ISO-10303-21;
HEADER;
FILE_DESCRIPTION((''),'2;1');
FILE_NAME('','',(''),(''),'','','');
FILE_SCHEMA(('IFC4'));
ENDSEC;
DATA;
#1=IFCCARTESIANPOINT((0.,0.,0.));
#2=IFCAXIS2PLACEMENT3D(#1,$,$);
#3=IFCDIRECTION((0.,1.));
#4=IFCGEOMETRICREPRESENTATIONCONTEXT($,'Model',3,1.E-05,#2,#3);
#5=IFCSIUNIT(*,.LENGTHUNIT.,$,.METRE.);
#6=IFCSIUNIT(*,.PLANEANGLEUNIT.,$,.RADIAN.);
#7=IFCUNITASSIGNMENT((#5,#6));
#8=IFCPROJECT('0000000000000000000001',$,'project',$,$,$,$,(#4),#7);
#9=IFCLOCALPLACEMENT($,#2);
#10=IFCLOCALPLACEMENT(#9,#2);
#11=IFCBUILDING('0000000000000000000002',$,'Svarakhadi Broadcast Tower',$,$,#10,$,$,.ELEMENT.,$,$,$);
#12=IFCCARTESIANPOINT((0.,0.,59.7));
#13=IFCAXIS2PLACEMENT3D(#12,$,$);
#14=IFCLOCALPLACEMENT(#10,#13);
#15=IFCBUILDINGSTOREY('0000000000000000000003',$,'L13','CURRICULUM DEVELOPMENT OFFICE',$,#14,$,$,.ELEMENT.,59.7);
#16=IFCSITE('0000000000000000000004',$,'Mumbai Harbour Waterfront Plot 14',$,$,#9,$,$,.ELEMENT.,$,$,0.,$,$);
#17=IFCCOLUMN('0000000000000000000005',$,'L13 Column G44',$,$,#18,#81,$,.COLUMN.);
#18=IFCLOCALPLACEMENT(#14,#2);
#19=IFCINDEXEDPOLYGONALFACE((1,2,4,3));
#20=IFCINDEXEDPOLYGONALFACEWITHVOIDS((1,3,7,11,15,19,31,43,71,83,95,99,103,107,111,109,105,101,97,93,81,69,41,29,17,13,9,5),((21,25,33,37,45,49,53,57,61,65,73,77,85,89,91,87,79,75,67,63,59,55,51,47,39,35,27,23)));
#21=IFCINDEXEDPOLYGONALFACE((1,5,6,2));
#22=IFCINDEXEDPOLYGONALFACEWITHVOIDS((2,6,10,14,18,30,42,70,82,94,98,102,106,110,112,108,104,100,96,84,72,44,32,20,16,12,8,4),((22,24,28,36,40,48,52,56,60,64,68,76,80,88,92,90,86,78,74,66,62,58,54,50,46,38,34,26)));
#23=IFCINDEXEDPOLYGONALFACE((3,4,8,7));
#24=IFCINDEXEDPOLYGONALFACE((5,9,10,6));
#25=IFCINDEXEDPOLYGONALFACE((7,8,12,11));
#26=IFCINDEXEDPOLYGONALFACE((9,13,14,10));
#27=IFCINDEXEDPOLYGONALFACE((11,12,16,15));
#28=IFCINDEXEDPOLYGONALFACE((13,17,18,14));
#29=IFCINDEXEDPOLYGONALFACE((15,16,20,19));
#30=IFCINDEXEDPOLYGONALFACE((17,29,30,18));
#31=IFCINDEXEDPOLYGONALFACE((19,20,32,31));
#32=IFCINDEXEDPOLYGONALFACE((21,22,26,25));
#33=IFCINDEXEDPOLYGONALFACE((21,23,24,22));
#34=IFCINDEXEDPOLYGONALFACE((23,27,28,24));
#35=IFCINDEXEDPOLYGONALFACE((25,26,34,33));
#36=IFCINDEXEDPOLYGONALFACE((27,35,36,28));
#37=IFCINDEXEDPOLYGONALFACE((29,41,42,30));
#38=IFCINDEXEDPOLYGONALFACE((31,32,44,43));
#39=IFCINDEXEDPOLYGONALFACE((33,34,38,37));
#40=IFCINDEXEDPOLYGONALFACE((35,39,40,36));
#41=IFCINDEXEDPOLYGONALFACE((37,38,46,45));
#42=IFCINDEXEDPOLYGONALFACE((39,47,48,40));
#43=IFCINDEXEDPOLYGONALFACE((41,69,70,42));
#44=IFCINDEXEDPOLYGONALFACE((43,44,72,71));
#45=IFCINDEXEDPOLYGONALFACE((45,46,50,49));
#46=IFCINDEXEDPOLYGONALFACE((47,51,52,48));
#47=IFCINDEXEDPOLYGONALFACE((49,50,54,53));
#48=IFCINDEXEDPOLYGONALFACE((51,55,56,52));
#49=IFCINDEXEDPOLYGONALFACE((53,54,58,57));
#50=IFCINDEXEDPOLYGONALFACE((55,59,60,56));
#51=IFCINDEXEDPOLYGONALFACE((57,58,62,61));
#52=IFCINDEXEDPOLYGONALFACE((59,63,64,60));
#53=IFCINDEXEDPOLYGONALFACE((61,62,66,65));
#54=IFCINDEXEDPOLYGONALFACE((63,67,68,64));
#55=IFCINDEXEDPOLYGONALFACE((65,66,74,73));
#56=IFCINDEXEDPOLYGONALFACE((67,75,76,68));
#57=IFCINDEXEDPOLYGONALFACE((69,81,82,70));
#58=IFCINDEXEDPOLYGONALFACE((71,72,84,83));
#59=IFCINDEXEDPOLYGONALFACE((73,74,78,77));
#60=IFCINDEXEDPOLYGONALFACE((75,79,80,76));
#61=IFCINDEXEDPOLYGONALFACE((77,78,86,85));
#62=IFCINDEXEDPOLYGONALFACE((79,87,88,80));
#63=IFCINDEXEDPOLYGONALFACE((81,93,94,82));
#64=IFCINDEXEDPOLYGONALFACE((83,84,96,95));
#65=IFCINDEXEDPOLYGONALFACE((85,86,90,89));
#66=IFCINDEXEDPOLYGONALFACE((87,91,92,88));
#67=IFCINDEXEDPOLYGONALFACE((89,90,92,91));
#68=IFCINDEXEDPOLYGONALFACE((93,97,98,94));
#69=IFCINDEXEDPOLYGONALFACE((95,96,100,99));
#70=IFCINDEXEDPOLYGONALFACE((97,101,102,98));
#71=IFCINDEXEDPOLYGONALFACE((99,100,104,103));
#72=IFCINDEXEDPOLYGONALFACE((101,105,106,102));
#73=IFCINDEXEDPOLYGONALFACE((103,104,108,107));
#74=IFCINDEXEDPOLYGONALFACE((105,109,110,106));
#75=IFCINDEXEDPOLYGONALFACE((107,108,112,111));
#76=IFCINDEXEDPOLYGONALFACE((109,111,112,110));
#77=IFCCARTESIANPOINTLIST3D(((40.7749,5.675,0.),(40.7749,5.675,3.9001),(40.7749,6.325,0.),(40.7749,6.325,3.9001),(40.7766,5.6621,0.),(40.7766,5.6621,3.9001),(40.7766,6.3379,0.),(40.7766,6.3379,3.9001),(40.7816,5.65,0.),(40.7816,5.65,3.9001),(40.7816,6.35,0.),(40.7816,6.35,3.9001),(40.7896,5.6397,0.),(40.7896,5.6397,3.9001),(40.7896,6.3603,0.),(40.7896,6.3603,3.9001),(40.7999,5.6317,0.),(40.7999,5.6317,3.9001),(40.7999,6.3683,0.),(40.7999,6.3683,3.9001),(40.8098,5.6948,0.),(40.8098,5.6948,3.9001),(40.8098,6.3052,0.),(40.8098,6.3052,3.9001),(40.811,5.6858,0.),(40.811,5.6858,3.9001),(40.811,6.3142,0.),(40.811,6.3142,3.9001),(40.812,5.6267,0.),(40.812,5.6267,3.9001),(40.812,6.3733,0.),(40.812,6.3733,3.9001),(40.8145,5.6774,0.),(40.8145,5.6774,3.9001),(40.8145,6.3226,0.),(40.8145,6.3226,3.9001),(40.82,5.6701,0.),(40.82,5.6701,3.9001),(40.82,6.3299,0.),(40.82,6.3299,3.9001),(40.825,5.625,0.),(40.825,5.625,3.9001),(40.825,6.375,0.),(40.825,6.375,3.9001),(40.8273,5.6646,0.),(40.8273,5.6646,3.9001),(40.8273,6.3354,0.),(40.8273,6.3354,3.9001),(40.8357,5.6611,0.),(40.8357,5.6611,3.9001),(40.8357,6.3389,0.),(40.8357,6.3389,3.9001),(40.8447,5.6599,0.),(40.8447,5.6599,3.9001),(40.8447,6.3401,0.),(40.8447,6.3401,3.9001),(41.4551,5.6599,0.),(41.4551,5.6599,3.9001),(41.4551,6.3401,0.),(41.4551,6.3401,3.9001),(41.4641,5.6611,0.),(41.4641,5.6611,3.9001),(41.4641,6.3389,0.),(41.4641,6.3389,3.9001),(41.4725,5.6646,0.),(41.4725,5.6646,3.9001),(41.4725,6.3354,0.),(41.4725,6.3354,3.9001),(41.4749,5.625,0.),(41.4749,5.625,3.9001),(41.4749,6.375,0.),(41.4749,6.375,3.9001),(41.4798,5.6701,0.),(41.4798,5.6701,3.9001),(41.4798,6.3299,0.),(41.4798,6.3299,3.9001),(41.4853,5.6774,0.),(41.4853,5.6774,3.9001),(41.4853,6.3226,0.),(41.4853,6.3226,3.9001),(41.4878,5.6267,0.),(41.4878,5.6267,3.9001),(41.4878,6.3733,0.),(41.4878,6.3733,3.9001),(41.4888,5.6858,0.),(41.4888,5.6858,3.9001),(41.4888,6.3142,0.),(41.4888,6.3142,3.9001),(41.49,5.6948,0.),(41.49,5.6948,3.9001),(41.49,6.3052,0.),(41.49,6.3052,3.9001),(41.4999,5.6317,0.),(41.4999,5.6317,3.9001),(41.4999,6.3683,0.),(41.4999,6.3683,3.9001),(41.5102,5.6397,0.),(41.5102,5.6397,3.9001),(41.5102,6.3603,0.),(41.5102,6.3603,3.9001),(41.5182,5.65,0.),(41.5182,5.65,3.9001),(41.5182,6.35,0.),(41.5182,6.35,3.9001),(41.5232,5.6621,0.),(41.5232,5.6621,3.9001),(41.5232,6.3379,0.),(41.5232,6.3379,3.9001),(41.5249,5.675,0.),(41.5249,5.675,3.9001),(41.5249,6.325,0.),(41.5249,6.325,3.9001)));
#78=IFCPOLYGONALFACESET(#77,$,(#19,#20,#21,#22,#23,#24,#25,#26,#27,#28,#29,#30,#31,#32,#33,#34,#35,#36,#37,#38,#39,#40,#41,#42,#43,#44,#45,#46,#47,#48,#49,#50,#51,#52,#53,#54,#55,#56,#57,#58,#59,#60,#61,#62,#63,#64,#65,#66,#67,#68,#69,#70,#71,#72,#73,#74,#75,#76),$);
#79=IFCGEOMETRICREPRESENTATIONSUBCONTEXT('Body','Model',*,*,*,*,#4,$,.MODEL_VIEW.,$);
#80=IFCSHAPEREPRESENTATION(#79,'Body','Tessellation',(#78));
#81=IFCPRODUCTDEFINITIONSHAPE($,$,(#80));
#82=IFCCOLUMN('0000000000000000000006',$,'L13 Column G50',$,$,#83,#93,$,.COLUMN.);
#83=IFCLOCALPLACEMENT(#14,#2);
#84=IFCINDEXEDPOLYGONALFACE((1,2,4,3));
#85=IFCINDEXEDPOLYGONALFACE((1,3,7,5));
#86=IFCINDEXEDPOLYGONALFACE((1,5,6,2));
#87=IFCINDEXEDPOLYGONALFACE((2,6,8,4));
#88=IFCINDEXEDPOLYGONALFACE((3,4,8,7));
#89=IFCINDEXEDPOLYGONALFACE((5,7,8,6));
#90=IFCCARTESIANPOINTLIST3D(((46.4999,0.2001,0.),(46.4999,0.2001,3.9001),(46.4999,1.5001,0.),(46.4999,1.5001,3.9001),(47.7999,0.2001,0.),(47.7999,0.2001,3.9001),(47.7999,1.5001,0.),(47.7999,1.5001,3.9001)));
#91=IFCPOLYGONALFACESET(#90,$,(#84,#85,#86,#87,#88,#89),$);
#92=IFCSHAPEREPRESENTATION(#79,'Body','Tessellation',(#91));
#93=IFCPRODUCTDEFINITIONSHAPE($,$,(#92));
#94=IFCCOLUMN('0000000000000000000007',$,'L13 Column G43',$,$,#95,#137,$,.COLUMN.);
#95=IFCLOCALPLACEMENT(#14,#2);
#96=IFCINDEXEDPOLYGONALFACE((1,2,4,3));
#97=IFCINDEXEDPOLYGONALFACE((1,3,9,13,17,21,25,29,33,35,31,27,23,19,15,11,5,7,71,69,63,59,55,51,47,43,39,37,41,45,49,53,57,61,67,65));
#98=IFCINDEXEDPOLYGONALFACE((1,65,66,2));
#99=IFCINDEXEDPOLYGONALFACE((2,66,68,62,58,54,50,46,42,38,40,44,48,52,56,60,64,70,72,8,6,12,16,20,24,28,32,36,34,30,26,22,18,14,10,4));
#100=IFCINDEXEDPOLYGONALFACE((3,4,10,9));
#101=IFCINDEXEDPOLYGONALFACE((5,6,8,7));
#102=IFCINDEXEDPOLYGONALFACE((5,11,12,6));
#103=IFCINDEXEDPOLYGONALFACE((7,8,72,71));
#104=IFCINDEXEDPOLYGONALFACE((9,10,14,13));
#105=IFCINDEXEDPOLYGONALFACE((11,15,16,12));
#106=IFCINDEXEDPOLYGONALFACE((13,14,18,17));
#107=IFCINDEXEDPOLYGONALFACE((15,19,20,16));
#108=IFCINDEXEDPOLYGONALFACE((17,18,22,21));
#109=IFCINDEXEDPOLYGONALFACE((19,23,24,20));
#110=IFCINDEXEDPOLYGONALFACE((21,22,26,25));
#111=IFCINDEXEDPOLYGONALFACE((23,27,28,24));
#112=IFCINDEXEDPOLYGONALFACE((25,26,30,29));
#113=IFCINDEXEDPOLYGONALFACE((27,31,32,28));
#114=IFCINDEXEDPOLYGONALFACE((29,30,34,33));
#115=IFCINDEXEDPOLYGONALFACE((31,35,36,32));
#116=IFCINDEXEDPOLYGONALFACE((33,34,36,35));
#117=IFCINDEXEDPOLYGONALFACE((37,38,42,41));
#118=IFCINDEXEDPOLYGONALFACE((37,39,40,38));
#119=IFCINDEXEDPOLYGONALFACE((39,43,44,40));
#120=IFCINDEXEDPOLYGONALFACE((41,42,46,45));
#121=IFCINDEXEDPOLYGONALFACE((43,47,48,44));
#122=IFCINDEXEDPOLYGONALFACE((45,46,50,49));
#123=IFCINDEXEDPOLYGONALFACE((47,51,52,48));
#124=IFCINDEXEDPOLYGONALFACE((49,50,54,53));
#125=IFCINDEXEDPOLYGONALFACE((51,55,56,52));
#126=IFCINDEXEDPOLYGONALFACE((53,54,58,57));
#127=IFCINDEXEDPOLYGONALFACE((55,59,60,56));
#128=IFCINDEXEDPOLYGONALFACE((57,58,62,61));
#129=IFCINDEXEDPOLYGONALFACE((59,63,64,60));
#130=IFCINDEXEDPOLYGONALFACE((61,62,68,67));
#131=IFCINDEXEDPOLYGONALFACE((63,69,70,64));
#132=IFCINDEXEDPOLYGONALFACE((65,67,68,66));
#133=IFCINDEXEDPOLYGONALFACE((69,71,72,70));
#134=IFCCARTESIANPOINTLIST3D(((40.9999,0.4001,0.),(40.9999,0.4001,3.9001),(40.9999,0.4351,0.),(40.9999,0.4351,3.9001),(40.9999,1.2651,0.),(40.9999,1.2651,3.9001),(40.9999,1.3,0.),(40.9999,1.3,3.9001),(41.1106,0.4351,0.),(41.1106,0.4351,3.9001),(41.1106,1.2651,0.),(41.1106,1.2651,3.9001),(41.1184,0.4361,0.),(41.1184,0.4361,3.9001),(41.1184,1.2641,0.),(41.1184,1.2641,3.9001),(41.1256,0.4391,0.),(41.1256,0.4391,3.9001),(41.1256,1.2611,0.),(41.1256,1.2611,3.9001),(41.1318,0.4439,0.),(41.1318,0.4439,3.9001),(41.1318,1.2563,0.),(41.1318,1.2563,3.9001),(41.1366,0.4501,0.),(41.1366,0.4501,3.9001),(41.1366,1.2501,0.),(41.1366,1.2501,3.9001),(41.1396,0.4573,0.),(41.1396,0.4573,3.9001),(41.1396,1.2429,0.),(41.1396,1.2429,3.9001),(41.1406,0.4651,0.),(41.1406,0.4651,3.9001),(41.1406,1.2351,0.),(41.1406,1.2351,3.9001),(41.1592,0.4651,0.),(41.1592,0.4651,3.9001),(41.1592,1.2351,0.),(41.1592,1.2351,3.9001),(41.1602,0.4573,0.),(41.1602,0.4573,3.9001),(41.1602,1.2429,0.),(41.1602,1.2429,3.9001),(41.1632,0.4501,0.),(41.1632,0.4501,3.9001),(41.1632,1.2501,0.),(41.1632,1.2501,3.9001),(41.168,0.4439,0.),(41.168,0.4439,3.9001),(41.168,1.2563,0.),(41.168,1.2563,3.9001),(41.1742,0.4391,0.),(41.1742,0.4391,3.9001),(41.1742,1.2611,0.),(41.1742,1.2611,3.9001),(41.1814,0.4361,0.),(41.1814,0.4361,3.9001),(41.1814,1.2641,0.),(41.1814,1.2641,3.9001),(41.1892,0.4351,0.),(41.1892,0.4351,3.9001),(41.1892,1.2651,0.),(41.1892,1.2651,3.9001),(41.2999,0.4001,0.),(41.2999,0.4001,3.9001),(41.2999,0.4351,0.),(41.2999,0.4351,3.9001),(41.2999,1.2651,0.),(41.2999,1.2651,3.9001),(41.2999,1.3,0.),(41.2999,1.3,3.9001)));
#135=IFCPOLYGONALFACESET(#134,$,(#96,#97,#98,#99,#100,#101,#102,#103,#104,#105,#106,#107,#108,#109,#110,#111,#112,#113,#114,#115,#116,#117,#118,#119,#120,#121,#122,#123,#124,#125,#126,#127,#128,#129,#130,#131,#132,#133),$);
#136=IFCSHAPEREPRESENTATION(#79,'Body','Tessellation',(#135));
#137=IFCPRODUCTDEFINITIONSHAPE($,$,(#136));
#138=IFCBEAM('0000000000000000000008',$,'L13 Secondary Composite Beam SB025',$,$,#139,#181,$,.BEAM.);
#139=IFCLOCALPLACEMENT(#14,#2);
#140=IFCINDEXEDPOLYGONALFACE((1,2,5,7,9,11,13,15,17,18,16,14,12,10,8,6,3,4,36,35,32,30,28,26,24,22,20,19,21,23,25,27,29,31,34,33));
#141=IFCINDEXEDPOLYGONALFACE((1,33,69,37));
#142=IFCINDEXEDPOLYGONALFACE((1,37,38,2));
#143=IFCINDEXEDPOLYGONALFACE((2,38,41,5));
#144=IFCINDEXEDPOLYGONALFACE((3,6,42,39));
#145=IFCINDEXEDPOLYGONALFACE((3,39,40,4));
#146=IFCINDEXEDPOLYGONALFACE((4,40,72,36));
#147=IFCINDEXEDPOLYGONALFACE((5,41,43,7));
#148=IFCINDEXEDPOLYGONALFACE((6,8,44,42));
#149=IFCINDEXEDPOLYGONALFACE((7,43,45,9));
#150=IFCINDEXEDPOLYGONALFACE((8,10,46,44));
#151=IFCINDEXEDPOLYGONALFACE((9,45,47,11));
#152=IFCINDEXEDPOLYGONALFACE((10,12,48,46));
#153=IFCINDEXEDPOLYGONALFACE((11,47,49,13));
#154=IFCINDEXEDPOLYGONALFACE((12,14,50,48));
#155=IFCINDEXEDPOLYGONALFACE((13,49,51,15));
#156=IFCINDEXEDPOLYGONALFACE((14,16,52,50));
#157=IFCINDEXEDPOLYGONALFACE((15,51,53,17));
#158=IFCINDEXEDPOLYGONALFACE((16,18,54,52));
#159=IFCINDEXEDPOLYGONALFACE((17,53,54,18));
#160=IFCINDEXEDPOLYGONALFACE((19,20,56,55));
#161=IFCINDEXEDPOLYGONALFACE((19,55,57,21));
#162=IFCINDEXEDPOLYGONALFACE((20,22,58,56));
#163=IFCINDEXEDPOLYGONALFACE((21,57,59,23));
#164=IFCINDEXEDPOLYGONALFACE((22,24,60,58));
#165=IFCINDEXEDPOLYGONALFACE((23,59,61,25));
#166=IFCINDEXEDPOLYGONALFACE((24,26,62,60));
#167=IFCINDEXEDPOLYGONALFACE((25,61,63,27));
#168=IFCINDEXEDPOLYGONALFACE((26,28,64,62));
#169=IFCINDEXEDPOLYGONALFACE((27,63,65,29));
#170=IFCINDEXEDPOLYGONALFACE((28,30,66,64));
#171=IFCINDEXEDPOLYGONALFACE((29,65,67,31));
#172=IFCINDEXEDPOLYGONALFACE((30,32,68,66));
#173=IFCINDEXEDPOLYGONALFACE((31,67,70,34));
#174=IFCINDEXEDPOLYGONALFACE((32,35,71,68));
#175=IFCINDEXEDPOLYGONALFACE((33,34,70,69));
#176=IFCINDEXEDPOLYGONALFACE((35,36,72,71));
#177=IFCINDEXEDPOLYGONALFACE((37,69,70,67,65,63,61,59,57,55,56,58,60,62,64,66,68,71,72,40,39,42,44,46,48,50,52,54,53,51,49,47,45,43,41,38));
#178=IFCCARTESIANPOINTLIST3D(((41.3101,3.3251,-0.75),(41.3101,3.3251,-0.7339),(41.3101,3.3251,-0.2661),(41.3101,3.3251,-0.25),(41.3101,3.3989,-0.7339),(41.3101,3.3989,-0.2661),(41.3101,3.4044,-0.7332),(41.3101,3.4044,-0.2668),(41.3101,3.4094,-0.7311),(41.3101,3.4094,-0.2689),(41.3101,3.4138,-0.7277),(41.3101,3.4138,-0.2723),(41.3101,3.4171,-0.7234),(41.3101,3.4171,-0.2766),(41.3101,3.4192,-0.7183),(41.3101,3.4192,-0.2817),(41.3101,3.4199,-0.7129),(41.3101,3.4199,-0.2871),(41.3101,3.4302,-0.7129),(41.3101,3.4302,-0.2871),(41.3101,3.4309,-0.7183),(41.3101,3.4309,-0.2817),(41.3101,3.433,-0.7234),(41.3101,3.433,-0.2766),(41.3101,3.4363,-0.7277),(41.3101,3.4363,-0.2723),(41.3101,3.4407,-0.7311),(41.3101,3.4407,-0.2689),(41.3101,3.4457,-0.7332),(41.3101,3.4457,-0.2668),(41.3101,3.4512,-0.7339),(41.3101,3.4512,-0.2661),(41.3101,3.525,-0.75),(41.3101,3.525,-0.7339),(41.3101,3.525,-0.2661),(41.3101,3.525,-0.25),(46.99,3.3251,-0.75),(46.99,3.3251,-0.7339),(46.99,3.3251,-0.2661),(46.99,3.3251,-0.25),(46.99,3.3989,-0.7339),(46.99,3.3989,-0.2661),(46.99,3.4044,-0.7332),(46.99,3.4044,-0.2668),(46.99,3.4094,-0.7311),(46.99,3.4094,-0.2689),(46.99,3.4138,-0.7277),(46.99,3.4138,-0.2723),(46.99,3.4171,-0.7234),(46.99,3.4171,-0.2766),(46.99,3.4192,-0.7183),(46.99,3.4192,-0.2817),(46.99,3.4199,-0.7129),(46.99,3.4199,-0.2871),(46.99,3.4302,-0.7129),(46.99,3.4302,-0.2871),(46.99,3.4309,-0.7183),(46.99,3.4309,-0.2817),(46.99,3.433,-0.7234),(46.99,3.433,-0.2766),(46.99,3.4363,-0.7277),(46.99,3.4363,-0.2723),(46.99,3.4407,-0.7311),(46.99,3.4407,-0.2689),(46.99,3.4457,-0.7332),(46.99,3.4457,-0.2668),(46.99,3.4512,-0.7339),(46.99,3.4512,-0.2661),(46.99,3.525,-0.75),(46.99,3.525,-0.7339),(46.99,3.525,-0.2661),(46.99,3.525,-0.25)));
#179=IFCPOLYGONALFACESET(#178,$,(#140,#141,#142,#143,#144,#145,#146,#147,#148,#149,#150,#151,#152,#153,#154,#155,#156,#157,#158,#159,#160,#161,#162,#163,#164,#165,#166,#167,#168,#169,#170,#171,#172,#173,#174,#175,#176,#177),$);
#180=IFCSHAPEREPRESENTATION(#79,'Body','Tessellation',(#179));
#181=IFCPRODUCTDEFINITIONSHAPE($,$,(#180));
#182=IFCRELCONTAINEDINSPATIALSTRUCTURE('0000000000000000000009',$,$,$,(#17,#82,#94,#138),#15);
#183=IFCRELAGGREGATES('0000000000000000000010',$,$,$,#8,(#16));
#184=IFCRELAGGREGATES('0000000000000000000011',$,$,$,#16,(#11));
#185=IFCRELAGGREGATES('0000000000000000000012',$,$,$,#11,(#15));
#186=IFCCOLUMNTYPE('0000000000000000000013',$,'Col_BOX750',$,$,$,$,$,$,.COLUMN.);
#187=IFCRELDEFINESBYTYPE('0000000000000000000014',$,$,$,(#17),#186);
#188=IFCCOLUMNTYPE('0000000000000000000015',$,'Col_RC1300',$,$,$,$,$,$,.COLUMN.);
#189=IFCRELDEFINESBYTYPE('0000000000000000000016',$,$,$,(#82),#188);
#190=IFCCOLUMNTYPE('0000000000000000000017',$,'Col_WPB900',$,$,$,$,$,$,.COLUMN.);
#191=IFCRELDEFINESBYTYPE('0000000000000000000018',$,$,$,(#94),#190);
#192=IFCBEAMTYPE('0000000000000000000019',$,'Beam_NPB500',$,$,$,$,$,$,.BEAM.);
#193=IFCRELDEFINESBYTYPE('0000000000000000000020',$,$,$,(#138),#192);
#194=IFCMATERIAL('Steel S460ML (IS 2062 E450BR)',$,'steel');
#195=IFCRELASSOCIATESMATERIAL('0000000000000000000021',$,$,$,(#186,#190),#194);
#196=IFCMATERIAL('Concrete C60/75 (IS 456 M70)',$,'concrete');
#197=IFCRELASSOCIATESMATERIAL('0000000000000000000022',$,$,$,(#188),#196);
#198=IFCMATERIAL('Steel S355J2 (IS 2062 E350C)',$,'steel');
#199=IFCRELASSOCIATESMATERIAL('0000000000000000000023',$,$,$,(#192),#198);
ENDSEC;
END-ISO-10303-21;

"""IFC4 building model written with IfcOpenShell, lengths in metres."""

from ifc_helpers import new_model, si_unit, direction, frame, origin, origin_2d, place, context, subcontext, project, spatial, rectangle, hollow_rectangle, i_section, extrude, material, material_profile, profile_set, type_object, element, save


model = new_model("IFC4")

# Units and contexts
model_context = context("Model", 3, precision=1e-05, world=origin(), true_north=direction((0.0, 1.0)))
body_context = subcontext(model_context, "Body", "Model", "MODEL_VIEW")
ifc_project = project(units=[si_unit("LENGTHUNIT", "METRE"), si_unit("PLANEANGLEUNIT", "RADIAN")], contexts=[model_context])

# Site, building, storey
site_placement = place(None, origin())
site = spatial("IfcSite", under=ifc_project, at=site_placement, Name="Mumbai Harbour Waterfront Plot 14", CompositionType="ELEMENT", RefElevation=0.0)
building_placement = place(site_placement, origin())
building = spatial("IfcBuilding", under=site, at=building_placement, Name="Svarakhadi Broadcast Tower", CompositionType="ELEMENT")
storey_placement = place(building_placement, frame((0.0, 0.0, 59.7)))
storey = spatial("IfcBuildingStorey", under=building, at=storey_placement, Name="L13", Description="CURRICULUM DEVELOPMENT OFFICE", CompositionType="ELEMENT", Elevation=59.7)

# Columns
ifc_material_1 = material(Name="Steel S460ML (IS 2062 E450BR)", Category="steel")
ifc_material_profile_1 = material_profile(ifc_material_1, hollow_rectangle(XDim=0.75, YDim=0.75, WallThickness=0.0349, InnerFilletRadius=0.0349, OuterFilletRadius=0.05, at=origin_2d()), Name="BOX 750x750x35")
ifc_profile_set_1 = profile_set([ifc_material_profile_1], Name="Steel S460ML (IS 2062 E450BR)")
column_type_1 = type_object("IfcColumnType", Name="Col_BOX750", PredefinedType="COLUMN", material=ifc_profile_set_1)
column_1_placement = place(storey_placement, frame((41.1499, 6.0, 0.0), z_axis=(0.0, 0.0, 1.0), x_axis=(1.0, 0.0, 0.0)))
element("IfcColumn", 1, at=column_1_placement, inside=storey, type_object=column_type_1, Name="L13 Column G44", PredefinedType="COLUMN", context=body_context, shape_type="SweptSolid", body=[
    extrude(hollow_rectangle(XDim=0.75, YDim=0.75, WallThickness=0.0349, InnerFilletRadius=0.0349, OuterFilletRadius=0.05, at=origin_2d()), origin(), (0.0, 0.0, 1.0), 3.9001),
])
ifc_material_2 = material(Name="Concrete C60/75 (IS 456 M70)", Category="concrete")
ifc_material_profile_2 = material_profile(ifc_material_2, rectangle(XDim=1.3, YDim=1.3, at=origin_2d()), Name="RC 1300x1300")
ifc_profile_set_2 = profile_set([ifc_material_profile_2], Name="Concrete C60/75 (IS 456 M70)")
column_type_2 = type_object("IfcColumnType", Name="Col_RC1300", PredefinedType="COLUMN", material=ifc_profile_set_2)
column_2_placement = place(storey_placement, frame((47.1499, 0.8501, 0.0), z_axis=(0.0, 0.0, 1.0), x_axis=(1.0, 0.0, 0.0)))
element("IfcColumn", 2, at=column_2_placement, inside=storey, type_object=column_type_2, Name="L13 Column G50", PredefinedType="COLUMN", context=body_context, shape_type="SweptSolid", body=[
    extrude(rectangle(XDim=1.3, YDim=1.3, at=origin_2d()), origin(), (0.0, 0.0, 1.0), 3.9001),
])
ifc_material_profile_3 = material_profile(ifc_material_1, i_section(OverallWidth=0.3, OverallDepth=0.8999, WebThickness=0.0186, FlangeThickness=0.0349, FilletRadius=0.03, at=origin_2d()), Name="WPB 900x300x291")
ifc_profile_set_3 = profile_set([ifc_material_profile_3], Name="Steel S460ML (IS 2062 E450BR)")
column_type_3 = type_object("IfcColumnType", Name="Col_WPB900", PredefinedType="COLUMN", material=ifc_profile_set_3)
column_3_placement = place(storey_placement, frame((41.1499, 0.8501, 0.0), z_axis=(0.0, 0.0, 1.0), x_axis=(1.0, 0.0, 0.0)))
element("IfcColumn", 3, at=column_3_placement, inside=storey, type_object=column_type_3, Name="L13 Column G43", PredefinedType="COLUMN", context=body_context, shape_type="SweptSolid", body=[
    extrude(i_section(OverallWidth=0.3, OverallDepth=0.8999, WebThickness=0.0186, FlangeThickness=0.0349, FilletRadius=0.03, at=origin_2d()), origin(), (0.0, 0.0, 1.0), 3.9001),
])

# Beam
ifc_material_3 = material(Name="Steel S355J2 (IS 2062 E350C)", Category="steel")
ifc_material_profile_4 = material_profile(ifc_material_3, i_section(OverallWidth=0.2, OverallDepth=0.5, WebThickness=0.0103, FlangeThickness=0.0161, FilletRadius=0.021, at=origin_2d()), Name="NPB 500x200x91")
ifc_profile_set_4 = profile_set([ifc_material_profile_4], Name="Steel S355J2 (IS 2062 E350C)")
beam_type_1 = type_object("IfcBeamType", Name="Beam_NPB500", PredefinedType="BEAM", material=ifc_profile_set_4)
for number, where, z_axis, x_axis, name in (
    (4, (41.3101, 3.425, -0.5), (1.0, 0.0, 0.0), (0.0, 1.0, 0.0), "L13 Secondary Composite Beam SB025"),
):
    element("IfcBeam", number, at=place(storey_placement, frame(where, z_axis=z_axis, x_axis=x_axis)), inside=storey, type_object=beam_type_1, Name=name, PredefinedType="BEAM", context=body_context, shape_type="SweptSolid", body=[
        extrude(i_section(OverallWidth=0.2, OverallDepth=0.5, WebThickness=0.0103, FlangeThickness=0.0161, FilletRadius=0.021, at=origin_2d()), origin(), (0.0, 0.0, 1.0), 5.6799),
    ])

save(model, "model.ifc")
